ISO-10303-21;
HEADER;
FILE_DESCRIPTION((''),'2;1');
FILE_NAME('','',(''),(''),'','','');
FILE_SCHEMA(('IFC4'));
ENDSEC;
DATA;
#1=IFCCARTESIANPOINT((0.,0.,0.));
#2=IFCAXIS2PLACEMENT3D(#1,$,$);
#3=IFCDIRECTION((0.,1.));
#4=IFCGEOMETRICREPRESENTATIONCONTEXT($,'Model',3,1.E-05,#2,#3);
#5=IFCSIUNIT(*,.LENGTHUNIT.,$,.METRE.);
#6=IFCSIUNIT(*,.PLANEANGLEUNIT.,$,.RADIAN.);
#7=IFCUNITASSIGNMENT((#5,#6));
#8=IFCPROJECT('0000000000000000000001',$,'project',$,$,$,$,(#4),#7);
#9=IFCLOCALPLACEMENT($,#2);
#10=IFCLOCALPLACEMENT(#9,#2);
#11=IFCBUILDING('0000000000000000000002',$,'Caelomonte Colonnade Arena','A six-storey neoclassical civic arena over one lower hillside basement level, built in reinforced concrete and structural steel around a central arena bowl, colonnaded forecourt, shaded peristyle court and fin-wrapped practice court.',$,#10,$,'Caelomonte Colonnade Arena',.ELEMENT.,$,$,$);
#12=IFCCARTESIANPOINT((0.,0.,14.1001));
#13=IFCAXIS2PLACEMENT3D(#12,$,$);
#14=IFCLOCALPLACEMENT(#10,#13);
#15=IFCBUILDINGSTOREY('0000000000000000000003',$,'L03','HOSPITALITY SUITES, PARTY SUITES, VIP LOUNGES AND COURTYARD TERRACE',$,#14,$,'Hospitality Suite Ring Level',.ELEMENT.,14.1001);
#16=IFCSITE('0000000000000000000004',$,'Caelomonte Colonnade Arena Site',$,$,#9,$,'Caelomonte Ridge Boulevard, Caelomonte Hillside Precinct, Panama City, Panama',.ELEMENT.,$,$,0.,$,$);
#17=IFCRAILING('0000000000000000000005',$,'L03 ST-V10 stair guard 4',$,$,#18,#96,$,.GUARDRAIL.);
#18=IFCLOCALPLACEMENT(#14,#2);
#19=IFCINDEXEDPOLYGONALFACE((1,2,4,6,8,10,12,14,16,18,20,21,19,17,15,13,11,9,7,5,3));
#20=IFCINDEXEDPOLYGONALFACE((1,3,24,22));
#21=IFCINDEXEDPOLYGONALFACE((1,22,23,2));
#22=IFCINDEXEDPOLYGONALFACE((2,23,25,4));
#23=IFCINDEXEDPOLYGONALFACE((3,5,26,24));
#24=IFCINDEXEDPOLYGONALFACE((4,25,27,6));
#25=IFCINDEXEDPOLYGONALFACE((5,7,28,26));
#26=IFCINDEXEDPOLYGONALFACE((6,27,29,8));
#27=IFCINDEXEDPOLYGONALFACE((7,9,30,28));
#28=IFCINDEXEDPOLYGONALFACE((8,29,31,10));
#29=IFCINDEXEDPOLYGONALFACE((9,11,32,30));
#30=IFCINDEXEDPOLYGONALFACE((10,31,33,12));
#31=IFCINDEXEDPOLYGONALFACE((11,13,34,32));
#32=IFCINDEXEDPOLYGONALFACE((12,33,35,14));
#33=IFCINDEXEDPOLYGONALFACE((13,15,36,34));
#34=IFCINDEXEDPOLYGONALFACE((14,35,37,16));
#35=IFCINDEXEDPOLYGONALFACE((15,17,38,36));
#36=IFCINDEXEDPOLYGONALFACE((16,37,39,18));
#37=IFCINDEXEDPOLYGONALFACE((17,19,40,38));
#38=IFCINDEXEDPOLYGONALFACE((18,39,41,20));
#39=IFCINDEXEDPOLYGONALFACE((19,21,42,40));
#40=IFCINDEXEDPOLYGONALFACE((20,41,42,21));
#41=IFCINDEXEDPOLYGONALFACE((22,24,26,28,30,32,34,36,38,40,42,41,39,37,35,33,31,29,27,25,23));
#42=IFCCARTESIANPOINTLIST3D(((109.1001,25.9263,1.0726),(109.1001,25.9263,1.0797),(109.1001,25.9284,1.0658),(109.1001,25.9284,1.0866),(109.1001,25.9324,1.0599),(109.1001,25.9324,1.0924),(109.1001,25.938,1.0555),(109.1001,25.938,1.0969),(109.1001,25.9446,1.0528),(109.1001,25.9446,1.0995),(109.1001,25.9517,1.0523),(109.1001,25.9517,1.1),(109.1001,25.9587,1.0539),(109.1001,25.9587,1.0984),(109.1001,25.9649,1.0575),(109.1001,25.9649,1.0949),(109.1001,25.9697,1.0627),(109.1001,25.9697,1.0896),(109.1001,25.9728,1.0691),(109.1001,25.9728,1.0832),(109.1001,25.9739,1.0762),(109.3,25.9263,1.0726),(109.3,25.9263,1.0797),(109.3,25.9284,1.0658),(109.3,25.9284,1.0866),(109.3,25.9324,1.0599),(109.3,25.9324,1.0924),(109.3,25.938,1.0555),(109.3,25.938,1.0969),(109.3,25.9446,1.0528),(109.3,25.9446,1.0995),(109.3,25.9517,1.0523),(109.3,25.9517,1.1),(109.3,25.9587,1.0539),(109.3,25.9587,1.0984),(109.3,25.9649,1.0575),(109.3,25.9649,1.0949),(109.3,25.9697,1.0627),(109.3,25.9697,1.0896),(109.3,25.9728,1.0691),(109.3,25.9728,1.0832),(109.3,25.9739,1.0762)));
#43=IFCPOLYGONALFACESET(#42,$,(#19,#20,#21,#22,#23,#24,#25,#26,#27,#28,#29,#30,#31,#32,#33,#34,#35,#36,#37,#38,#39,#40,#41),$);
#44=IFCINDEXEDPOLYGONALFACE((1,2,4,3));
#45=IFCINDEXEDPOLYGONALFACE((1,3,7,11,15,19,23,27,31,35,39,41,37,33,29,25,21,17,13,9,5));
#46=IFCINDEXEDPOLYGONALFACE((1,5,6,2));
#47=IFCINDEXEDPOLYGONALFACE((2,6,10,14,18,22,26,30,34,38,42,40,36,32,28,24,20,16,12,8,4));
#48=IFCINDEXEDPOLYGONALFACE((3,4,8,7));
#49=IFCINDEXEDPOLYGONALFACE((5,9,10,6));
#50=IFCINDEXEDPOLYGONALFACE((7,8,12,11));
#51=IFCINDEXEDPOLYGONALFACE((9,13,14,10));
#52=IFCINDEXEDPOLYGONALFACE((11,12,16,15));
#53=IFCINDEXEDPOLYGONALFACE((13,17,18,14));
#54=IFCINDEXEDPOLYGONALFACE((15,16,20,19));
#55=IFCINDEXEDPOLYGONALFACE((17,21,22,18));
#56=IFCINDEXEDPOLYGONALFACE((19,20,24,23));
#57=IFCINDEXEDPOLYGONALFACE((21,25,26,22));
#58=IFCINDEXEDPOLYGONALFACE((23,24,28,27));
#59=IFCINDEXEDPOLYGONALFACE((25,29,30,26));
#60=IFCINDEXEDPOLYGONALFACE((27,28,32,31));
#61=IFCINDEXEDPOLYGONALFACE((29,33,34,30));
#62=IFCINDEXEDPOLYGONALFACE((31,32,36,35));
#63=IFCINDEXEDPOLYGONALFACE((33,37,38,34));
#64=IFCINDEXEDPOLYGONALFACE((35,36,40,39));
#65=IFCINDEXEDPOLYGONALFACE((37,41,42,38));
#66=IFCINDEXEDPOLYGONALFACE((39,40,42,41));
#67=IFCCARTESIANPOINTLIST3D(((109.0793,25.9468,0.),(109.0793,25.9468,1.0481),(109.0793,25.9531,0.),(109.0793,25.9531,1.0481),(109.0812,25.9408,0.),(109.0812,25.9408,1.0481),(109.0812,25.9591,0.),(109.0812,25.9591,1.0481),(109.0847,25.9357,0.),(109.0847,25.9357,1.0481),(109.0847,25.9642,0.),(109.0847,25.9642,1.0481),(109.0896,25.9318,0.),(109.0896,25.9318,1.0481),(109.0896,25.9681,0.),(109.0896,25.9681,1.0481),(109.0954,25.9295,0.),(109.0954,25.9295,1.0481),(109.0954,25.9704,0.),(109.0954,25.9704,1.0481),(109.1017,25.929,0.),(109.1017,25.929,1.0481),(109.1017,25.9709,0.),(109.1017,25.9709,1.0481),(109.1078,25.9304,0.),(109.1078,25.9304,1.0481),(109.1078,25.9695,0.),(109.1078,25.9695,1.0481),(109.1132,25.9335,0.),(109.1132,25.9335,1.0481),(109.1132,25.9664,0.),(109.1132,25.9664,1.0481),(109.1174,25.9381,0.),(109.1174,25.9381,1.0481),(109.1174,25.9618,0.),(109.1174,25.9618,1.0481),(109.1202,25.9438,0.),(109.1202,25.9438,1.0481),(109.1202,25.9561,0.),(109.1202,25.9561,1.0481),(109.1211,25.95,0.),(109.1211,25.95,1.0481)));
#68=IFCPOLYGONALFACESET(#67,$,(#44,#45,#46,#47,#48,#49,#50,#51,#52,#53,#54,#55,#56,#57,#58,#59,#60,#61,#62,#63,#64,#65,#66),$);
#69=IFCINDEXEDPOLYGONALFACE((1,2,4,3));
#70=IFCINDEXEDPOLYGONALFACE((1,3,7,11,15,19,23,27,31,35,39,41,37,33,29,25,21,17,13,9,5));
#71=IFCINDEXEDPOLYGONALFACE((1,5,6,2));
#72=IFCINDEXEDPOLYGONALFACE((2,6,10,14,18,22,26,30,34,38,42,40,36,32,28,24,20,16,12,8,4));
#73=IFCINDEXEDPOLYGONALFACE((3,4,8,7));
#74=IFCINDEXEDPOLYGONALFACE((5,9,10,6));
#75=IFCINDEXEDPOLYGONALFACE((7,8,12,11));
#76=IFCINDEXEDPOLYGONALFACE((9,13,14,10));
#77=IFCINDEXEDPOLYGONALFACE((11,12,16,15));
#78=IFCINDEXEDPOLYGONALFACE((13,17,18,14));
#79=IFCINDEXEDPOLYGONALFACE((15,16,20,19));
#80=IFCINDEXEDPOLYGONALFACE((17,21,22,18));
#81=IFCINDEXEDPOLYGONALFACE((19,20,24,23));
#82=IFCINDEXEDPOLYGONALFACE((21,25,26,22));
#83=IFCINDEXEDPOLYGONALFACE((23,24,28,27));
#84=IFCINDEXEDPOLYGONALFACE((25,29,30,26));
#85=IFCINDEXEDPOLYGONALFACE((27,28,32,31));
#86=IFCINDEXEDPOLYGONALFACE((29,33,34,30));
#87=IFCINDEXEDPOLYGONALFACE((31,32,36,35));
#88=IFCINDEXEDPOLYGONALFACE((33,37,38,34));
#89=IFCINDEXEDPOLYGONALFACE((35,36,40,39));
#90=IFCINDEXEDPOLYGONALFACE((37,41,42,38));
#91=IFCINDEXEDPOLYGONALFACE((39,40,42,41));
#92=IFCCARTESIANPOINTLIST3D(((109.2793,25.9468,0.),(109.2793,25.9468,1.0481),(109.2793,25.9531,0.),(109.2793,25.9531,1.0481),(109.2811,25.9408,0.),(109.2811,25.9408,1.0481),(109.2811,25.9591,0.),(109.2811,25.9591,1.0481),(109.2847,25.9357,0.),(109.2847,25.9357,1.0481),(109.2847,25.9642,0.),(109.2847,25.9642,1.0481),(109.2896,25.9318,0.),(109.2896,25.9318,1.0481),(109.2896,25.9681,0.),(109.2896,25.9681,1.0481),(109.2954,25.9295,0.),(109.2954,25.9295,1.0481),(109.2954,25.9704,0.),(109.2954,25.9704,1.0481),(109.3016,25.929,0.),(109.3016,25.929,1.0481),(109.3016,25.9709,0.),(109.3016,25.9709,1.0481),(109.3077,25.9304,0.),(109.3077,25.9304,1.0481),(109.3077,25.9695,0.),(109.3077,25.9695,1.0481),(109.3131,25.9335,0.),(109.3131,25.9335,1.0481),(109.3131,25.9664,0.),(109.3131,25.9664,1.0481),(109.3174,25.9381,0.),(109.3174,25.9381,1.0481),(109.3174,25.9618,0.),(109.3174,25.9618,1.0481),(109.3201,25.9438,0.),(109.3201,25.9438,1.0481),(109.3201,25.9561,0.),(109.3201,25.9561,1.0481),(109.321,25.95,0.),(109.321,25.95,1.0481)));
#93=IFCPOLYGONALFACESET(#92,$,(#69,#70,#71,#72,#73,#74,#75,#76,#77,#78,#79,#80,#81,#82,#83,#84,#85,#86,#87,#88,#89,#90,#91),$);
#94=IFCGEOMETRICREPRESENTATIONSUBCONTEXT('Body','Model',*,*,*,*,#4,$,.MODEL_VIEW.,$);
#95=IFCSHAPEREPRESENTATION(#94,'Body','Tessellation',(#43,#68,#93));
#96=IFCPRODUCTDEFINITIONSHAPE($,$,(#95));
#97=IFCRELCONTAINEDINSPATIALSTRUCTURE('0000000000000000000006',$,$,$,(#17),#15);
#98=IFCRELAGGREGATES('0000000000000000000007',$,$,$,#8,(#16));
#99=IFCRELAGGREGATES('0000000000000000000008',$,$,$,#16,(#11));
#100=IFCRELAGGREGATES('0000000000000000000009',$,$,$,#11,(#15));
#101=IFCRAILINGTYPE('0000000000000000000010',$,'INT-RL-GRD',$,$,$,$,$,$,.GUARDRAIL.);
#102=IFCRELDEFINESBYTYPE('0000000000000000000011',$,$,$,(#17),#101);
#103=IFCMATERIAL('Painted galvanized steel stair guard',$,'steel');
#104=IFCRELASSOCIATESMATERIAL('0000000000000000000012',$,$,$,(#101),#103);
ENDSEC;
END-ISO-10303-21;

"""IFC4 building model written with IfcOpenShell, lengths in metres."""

from ifc_helpers import new_model, si_unit, direction, frame, origin, origin_2d, place, context, subcontext, project, spatial, circle, extrude, material, type_object, element, save


model = new_model("IFC4")

# Units and contexts
model_context = context("Model", 3, precision=1e-05, world=origin(), true_north=direction((0.0, 1.0)))
body_context = subcontext(model_context, "Body", "Model", "MODEL_VIEW")
ifc_project = project(units=[si_unit("LENGTHUNIT", "METRE"), si_unit("PLANEANGLEUNIT", "RADIAN")], contexts=[model_context])

# Site, building, storey
site_placement = place(None, origin())
site = spatial("IfcSite", under=ifc_project, at=site_placement, Name="Caelomonte Colonnade Arena Site", LongName="Caelomonte Ridge Boulevard, Caelomonte Hillside Precinct, Panama City, Panama", CompositionType="ELEMENT", RefElevation=0.0)
building_placement = place(site_placement, origin())
building = spatial("IfcBuilding", under=site, at=building_placement, Name="Caelomonte Colonnade Arena", Description="A six-storey neoclassical civic arena over one lower hillside basement level, built in reinforced concrete and structural steel around a central arena bowl, colonnaded forecourt, shaded peristyle court and fin-wrapped practice court.", LongName="Caelomonte Colonnade Arena", CompositionType="ELEMENT")
storey_placement = place(building_placement, frame((0.0, 0.0, 14.1001)))
storey = spatial("IfcBuildingStorey", under=building, at=storey_placement, Name="L03", Description="HOSPITALITY SUITES, PARTY SUITES, VIP LOUNGES AND COURTYARD TERRACE", LongName="Hospitality Suite Ring Level", CompositionType="ELEMENT", Elevation=14.1001)

# Railing
ifc_material_1 = material(Name="Painted galvanized steel stair guard", Category="steel")
railing_type_1 = type_object("IfcRailingType", Name="INT-RL-GRD", PredefinedType="GUARDRAIL", material=ifc_material_1)
railing_1_placement = place(storey_placement, frame((109.1001, 25.95, 0.0)))
element("IfcRailing", 1, at=railing_1_placement, inside=storey, type_object=railing_type_1, Name="L03 ST-V10 stair guard 4", PredefinedType="GUARDRAIL", context=body_context, shape_type="SweptSolid", body=[
    extrude(circle(Radius=0.0239, at=origin_2d()), frame((0.0, 0.0, 1.0762), z_axis=(1.0, 0.0, 0.0), x_axis=(0.0, 1.0, 0.0)), (0.0, 0.0, 1.0), 0.2),
    extrude(circle(Radius=0.021, at=origin_2d()), origin(), (0.0, 0.0, 1.0), 1.0481),
    extrude(circle(Radius=0.021, at=origin_2d()), frame((0.2, 0.0, 0.0)), (0.0, 0.0, 1.0), 1.0481),
])

save(model, "model.ifc")
